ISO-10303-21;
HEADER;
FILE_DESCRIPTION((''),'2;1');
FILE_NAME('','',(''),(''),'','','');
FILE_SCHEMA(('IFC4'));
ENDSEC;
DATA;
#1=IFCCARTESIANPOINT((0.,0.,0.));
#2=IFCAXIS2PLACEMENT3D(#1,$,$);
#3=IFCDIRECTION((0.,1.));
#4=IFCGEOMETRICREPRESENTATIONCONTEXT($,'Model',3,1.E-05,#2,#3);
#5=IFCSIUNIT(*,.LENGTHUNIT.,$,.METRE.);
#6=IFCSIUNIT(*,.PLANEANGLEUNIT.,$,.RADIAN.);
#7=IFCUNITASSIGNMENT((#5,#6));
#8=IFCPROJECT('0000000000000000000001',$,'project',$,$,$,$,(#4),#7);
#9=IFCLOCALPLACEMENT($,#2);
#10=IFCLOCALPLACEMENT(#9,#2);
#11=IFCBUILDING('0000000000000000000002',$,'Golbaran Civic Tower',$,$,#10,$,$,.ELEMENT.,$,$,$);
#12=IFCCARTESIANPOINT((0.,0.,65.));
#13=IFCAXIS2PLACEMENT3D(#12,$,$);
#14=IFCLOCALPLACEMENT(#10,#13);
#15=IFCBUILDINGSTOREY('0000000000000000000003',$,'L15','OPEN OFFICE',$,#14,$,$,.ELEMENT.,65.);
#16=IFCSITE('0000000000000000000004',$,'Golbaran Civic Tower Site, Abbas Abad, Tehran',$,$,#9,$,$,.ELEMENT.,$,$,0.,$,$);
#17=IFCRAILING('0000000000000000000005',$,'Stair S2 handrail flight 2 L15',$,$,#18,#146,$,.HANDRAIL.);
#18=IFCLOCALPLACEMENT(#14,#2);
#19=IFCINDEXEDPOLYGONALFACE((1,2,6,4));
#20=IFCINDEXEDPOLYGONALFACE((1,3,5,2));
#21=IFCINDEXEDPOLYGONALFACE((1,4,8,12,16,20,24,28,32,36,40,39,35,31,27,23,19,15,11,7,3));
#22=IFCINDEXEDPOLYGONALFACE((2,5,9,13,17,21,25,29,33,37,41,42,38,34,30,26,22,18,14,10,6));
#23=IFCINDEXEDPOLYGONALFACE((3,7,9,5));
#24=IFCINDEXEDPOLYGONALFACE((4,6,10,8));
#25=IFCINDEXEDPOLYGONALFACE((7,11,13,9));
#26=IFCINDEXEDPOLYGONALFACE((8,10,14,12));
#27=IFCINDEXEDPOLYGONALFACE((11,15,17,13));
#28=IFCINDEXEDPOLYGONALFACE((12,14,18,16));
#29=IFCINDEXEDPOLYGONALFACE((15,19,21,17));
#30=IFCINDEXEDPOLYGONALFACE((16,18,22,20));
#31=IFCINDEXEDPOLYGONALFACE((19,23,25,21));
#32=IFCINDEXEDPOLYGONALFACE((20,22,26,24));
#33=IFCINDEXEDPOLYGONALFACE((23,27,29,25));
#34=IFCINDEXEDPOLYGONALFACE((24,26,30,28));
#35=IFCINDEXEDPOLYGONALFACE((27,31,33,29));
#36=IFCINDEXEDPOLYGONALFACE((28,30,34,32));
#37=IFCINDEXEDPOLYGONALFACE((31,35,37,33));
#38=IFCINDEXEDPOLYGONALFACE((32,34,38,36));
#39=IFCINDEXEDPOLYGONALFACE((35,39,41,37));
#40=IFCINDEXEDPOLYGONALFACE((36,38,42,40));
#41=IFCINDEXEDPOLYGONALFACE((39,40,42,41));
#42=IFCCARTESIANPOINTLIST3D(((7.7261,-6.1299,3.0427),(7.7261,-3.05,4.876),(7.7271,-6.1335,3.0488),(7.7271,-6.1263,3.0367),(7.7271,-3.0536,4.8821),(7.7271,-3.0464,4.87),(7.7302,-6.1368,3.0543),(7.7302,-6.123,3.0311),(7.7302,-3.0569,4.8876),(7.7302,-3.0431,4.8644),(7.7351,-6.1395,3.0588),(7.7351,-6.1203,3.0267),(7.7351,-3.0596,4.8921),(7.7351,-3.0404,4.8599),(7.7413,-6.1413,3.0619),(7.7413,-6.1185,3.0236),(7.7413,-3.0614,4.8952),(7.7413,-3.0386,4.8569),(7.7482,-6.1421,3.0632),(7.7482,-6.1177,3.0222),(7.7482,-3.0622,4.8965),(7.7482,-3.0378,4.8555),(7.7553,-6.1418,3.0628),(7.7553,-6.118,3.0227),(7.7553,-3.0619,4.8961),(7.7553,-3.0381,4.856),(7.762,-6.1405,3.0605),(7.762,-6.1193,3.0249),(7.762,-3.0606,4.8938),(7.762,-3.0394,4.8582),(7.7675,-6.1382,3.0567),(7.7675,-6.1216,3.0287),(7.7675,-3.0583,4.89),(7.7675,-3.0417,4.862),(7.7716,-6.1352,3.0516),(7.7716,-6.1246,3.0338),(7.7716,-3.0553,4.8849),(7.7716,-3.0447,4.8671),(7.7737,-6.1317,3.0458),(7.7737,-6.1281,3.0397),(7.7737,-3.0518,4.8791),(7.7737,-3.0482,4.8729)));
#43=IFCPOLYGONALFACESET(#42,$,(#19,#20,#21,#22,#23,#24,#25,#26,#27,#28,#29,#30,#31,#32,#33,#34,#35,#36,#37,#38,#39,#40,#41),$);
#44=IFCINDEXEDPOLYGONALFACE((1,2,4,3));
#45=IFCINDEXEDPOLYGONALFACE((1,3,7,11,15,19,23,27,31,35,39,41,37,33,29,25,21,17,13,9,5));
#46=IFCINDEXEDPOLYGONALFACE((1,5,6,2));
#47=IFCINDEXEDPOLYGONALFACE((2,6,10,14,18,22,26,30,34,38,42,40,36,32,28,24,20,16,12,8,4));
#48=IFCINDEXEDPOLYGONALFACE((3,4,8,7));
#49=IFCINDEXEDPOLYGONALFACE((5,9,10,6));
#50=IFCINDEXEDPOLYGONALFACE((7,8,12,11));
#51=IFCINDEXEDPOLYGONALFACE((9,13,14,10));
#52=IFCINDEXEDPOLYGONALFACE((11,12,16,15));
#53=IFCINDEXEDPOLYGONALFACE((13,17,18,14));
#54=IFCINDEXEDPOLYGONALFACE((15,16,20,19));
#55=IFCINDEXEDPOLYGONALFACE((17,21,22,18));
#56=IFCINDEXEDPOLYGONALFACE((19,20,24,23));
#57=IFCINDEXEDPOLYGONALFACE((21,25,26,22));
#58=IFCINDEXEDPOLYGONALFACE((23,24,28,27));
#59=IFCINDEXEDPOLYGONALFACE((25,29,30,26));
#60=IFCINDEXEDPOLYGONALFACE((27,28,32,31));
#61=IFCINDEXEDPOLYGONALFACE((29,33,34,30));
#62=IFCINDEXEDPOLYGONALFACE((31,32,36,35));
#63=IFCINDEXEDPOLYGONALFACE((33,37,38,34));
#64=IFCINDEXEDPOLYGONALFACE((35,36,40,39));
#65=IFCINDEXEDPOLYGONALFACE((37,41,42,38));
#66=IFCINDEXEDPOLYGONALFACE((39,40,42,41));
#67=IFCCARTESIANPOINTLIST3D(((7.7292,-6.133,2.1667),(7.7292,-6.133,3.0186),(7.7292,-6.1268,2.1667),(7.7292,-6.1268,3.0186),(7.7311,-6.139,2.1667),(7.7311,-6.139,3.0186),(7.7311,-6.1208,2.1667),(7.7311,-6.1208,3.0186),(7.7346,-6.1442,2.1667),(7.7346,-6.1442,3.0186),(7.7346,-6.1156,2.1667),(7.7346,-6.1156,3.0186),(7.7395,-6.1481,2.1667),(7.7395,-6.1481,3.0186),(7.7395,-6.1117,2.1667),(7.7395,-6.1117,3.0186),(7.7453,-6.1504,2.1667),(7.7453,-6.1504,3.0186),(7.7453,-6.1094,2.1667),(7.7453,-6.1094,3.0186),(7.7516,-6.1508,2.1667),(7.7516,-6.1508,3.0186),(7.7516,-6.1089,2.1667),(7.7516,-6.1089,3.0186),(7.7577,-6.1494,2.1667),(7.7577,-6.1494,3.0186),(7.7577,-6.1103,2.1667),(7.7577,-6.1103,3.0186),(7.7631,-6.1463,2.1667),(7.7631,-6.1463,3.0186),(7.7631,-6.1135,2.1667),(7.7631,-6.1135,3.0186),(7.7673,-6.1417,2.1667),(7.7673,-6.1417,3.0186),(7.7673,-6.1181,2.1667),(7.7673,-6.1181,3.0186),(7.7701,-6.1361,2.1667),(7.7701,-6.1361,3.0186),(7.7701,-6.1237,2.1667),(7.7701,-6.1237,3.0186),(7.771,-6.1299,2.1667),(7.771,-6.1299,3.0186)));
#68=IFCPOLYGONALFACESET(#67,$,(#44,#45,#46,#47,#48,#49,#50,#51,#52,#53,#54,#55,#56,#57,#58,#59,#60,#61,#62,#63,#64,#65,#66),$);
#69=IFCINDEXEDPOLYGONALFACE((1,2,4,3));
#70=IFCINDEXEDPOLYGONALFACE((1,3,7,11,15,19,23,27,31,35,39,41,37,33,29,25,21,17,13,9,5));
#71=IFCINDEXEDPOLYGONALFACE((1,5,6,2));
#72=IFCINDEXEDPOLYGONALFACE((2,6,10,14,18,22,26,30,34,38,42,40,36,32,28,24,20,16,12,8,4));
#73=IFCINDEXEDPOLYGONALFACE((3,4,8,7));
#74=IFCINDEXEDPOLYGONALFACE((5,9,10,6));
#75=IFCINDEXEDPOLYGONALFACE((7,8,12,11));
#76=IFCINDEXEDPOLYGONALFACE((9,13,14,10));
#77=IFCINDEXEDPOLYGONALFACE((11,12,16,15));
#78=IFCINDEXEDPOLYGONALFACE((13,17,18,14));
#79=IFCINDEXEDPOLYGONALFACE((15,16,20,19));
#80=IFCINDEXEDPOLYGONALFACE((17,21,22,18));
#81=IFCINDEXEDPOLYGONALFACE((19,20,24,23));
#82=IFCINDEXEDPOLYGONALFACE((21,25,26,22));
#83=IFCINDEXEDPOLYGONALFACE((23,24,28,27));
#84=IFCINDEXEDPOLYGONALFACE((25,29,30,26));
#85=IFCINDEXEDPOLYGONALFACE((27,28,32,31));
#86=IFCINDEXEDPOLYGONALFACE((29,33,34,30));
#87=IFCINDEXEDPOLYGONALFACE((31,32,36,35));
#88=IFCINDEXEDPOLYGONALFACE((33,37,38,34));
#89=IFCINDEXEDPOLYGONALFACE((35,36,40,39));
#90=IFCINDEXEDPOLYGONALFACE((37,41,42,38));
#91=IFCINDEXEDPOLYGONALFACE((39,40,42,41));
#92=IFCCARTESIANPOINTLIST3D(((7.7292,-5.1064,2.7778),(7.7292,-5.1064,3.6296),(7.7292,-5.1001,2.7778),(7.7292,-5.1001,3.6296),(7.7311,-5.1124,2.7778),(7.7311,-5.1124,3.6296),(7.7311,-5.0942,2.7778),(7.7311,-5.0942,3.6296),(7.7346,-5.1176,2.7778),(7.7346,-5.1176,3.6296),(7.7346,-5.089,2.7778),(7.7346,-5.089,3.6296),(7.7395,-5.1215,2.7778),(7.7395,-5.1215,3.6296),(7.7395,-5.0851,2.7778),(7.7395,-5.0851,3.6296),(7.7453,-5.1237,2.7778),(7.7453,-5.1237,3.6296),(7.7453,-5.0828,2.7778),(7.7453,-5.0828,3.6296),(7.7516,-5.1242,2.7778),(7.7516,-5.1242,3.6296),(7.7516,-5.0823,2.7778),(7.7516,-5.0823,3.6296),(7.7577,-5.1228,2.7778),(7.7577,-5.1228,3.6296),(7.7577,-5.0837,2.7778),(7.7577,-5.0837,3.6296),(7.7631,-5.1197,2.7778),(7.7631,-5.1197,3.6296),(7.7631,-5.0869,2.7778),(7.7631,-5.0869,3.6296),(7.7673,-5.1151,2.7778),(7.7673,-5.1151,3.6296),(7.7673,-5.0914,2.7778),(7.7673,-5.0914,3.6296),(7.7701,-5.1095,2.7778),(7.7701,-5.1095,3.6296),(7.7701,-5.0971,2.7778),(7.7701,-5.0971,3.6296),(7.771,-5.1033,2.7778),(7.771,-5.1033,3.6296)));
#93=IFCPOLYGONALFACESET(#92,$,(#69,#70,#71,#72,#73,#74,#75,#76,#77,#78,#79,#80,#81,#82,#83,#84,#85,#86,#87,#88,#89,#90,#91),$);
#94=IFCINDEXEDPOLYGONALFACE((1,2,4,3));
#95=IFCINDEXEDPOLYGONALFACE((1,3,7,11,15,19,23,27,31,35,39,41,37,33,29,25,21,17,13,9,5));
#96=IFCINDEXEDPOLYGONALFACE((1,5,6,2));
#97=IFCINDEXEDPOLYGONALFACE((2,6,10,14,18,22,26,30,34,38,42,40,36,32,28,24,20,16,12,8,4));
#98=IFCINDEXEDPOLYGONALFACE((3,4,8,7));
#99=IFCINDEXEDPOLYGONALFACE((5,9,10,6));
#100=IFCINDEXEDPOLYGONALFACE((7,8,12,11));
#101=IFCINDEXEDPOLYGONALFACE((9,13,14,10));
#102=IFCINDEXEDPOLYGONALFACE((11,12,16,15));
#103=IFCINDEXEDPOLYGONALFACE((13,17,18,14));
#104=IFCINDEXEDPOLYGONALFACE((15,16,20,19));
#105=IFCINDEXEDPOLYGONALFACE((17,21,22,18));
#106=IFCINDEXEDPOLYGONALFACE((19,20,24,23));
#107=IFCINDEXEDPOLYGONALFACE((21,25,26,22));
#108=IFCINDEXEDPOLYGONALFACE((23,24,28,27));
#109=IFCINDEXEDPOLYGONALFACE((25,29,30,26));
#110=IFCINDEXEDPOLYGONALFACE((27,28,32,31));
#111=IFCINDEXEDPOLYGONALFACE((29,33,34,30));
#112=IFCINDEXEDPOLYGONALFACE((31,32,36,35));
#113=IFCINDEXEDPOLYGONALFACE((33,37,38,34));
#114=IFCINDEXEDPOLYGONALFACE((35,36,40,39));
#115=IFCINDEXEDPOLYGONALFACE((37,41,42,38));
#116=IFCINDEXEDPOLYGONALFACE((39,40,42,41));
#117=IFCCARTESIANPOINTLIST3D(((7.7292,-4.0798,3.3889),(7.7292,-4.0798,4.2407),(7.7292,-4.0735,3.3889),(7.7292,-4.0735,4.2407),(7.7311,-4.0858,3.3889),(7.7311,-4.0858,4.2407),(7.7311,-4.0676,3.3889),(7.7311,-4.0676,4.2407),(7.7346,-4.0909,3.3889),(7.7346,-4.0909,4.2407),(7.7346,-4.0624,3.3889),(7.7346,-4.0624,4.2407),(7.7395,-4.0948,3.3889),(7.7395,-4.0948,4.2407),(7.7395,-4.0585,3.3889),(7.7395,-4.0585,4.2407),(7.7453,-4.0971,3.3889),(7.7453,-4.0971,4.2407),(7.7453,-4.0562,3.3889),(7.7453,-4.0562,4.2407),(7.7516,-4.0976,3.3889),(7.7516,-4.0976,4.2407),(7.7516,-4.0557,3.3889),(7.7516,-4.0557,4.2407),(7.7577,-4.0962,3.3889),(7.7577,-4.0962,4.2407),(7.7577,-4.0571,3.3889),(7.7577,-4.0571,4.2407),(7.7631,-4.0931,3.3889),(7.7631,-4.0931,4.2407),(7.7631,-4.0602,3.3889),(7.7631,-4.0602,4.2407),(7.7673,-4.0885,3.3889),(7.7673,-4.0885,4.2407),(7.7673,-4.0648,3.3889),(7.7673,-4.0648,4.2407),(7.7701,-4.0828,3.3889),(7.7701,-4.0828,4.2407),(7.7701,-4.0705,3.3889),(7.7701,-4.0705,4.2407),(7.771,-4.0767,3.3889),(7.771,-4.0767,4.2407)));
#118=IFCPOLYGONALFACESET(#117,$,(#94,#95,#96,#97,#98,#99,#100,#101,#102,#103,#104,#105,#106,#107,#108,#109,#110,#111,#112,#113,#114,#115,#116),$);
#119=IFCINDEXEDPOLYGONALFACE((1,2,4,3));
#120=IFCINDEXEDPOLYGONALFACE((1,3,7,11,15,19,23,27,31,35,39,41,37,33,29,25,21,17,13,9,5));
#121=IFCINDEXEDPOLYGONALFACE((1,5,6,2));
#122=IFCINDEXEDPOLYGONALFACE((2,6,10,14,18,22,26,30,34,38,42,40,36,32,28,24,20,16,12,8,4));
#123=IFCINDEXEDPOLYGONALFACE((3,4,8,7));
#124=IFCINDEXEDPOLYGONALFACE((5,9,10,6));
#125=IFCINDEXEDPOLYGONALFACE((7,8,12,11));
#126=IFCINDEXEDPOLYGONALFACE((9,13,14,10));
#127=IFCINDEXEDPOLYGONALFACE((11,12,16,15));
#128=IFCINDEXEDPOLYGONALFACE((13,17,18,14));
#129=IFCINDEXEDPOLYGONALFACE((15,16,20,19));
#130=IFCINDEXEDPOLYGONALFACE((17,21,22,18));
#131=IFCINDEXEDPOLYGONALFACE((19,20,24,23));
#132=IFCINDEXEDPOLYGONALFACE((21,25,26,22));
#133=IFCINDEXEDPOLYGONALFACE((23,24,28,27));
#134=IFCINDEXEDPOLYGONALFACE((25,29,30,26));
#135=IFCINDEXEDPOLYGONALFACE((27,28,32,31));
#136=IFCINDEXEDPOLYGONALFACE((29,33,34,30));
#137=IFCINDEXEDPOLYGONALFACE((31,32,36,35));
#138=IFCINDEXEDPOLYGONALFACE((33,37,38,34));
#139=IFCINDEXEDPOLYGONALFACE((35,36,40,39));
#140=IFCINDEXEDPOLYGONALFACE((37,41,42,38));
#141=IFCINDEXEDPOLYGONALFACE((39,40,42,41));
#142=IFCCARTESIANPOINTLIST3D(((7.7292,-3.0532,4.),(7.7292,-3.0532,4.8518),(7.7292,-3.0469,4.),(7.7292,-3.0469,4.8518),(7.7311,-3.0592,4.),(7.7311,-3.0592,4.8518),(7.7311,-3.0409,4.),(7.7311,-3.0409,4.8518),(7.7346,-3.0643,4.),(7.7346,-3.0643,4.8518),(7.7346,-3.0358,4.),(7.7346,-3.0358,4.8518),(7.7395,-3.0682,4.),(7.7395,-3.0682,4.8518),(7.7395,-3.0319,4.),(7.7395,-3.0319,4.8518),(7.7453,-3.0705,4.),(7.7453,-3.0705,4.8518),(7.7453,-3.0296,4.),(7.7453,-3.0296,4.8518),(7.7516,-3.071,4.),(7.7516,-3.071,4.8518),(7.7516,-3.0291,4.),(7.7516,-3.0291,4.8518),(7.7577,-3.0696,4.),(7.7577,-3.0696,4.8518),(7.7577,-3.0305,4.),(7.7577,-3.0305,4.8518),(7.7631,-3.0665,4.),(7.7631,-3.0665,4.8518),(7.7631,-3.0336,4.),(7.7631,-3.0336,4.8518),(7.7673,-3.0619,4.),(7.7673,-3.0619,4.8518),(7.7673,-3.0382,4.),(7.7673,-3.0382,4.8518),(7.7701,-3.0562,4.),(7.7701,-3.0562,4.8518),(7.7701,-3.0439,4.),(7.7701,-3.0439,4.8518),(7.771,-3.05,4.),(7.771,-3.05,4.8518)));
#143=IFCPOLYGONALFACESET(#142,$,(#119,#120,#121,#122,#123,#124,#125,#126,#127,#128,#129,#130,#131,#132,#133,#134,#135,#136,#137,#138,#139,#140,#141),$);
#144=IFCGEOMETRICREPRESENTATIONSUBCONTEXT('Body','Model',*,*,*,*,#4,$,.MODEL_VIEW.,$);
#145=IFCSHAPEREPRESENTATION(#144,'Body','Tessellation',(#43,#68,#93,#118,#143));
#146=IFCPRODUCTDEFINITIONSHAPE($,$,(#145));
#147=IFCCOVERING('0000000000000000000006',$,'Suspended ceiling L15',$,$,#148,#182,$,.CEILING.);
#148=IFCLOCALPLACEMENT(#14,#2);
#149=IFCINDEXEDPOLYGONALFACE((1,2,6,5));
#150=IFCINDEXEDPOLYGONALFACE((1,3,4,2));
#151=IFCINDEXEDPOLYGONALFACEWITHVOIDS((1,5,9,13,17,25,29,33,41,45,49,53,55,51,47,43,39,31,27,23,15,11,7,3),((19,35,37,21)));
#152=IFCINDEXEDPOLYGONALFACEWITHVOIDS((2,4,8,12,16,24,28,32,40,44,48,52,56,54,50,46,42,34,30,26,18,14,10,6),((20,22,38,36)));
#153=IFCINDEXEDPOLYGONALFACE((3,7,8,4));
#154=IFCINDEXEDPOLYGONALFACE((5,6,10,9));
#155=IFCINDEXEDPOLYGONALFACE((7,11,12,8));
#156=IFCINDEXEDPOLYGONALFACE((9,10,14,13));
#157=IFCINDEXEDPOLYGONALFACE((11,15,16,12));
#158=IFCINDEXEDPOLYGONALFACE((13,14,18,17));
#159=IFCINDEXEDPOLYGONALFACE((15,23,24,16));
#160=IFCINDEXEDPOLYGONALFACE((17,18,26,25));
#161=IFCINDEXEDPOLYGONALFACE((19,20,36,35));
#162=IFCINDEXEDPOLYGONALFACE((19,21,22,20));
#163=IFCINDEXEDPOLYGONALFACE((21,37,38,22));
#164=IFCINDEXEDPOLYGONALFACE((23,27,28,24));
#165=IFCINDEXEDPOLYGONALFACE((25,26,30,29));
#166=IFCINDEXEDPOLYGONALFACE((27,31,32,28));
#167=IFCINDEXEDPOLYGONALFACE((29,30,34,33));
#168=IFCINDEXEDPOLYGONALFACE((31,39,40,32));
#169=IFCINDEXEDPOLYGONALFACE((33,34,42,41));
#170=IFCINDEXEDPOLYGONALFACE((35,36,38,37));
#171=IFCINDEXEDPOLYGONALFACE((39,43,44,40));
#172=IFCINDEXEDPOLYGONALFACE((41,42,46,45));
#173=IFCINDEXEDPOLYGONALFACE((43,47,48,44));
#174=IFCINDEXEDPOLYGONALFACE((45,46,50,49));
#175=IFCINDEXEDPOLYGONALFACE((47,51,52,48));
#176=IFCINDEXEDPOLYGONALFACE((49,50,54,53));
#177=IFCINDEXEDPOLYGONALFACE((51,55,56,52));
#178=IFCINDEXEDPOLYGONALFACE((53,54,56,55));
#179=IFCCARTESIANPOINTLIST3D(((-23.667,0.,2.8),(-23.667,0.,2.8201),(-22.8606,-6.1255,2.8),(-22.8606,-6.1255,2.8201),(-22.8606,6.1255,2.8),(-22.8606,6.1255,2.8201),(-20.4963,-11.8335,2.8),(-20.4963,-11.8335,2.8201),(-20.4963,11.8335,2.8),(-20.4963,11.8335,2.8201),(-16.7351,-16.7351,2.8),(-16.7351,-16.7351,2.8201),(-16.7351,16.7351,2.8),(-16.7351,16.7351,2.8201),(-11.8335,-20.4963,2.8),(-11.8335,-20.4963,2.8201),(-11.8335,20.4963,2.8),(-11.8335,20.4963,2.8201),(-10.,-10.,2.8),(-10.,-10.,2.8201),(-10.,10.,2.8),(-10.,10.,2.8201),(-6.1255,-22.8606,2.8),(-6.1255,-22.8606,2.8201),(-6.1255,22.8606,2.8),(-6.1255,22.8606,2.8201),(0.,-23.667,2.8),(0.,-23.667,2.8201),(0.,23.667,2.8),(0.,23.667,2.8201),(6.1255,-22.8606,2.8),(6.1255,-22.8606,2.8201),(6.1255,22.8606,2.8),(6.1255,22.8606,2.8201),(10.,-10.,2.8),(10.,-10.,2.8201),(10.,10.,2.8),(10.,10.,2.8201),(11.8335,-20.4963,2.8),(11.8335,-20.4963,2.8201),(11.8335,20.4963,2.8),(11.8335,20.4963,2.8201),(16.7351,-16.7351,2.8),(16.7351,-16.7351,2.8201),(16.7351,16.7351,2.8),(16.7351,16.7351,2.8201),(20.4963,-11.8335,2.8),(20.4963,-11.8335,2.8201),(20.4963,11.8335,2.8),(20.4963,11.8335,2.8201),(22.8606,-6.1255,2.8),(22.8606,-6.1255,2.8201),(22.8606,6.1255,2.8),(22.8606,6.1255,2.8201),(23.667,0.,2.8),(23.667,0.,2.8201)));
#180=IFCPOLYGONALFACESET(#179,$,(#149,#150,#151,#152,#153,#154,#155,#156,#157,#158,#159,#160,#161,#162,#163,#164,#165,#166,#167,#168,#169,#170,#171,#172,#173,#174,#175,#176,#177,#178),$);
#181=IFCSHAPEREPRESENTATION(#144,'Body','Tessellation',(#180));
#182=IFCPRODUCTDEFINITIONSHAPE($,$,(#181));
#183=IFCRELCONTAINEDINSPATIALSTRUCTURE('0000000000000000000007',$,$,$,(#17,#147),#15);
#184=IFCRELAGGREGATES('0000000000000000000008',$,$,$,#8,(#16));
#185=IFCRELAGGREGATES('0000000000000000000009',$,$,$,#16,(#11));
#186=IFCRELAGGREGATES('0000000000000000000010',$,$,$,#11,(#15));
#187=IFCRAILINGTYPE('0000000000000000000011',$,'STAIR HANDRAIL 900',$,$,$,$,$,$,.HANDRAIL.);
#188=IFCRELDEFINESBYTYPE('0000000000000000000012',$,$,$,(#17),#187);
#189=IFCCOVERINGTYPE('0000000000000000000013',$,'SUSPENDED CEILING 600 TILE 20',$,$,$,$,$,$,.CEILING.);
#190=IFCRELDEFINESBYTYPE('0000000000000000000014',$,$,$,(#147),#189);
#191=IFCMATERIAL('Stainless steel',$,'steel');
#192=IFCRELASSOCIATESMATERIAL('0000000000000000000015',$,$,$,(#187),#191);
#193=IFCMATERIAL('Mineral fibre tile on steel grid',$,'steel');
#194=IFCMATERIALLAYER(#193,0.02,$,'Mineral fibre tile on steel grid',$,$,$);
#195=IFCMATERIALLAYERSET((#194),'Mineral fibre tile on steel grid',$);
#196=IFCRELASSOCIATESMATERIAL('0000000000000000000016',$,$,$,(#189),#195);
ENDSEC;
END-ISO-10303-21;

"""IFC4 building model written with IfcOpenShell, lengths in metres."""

from ifc_helpers import new_model, si_unit, direction, frame, origin, origin_2d, place, context, subcontext, project, spatial, polyline, circle, outline, extrude, material, layer, layer_set, type_object, element, save


model = new_model("IFC4")

# Units and contexts
model_context = context("Model", 3, precision=1e-05, world=origin(), true_north=direction((0.0, 1.0)))
body_context = subcontext(model_context, "Body", "Model", "MODEL_VIEW")
ifc_project = project(units=[si_unit("LENGTHUNIT", "METRE"), si_unit("PLANEANGLEUNIT", "RADIAN")], contexts=[model_context])

# Site, building, storey
site_placement = place(None, origin())
site = spatial("IfcSite", under=ifc_project, at=site_placement, Name="Golbaran Civic Tower Site, Abbas Abad, Tehran", CompositionType="ELEMENT", RefElevation=0.0)
building_placement = place(site_placement, origin())
building = spatial("IfcBuilding", under=site, at=building_placement, Name="Golbaran Civic Tower", CompositionType="ELEMENT")
storey_placement = place(building_placement, frame((0.0, 0.0, 65.0)))
storey = spatial("IfcBuildingStorey", under=building, at=storey_placement, Name="L15", Description="OPEN OFFICE", CompositionType="ELEMENT", Elevation=65.0)

# Shared definitions
ifc_material_1 = material(Name="Stainless steel", Category="steel")

# Railing
railing_type = type_object("IfcRailingType", Name="STAIR HANDRAIL 900", PredefinedType="HANDRAIL", material=ifc_material_1)
railing_1_placement = place(storey_placement, frame((7.75, -6.1299, 2.1667)))
element("IfcRailing", 1, at=railing_1_placement, inside=storey, type_object=railing_type, Name="Stair S2 handrail flight 2 L15", PredefinedType="HANDRAIL", context=body_context, shape_type="SweptSolid", body=[
    extrude(circle(Radius=0.0239, at=origin_2d()), frame((0.0, 0.0, 0.876), z_axis=(0.0, 0.859291, 0.511487), x_axis=(-1.0, 0.0, 0.0)), (0.0, 0.0, 1.0), 3.5842),
    extrude(circle(Radius=0.021, at=origin_2d()), origin(), (0.0, 0.0, 1.0), 0.8518),
    extrude(circle(Radius=0.021, at=origin_2d()), frame((0.0, 1.0266, 0.6111)), (0.0, 0.0, 1.0), 0.8518),
    extrude(circle(Radius=0.021, at=origin_2d()), frame((0.0, 2.0532, 1.2222)), (0.0, 0.0, 1.0), 0.8518),
    extrude(circle(Radius=0.021, at=origin_2d()), frame((0.0, 3.0798, 1.8333)), (0.0, 0.0, 1.0), 0.8518),
])

# Covering
ifc_material_2 = material(Name="Mineral fibre tile on steel grid", Category="steel")
ifc_layer_1 = layer(ifc_material_2, 0.02, Name="Mineral fibre tile on steel grid")
ifc_layer_set_1 = layer_set([ifc_layer_1], Name="Mineral fibre tile on steel grid")
covering_type = type_object("IfcCoveringType", Name="SUSPENDED CEILING 600 TILE 20", PredefinedType="CEILING", material=ifc_layer_set_1)
covering_placement = place(storey_placement, frame((0.0, 0.0, 2.8)))
element("IfcCovering", 2, at=covering_placement, inside=storey, type_object=covering_type, Name="Suspended ceiling L15", PredefinedType="CEILING", context=body_context, shape_type="SweptSolid", body=[
    extrude(outline(polyline([(-22.8606, 6.1255), (-20.4963, 11.8335), (-16.7351, 16.7351), (-11.8335, 20.4963), (-6.1255, 22.8606), (0.0, 23.667), (6.1255, 22.8606), (11.8335, 20.4963), (16.7351, 16.7351), (20.4963, 11.8335), (22.8606, 6.1255), (23.667, 0.0), (22.8606, -6.1255), (20.4963, -11.8335), (16.7351, -16.7351), (11.8335, -20.4963), (6.1255, -22.8606), (0.0, -23.667), (-6.1255, -22.8606), (-11.8335, -20.4963), (-16.7351, -16.7351), (-20.4963, -11.8335), (-22.8606, -6.1255), (-23.667, 0.0), (-22.8606, 6.1255)]), holes=[polyline([(-10.0, 10.0), (-10.0, -10.0), (10.0, -10.0), (10.0, 10.0), (-10.0, 10.0)])]), origin(), (0.0, 0.0, 1.0), 0.02),
])

save(model, "model.ifc")
